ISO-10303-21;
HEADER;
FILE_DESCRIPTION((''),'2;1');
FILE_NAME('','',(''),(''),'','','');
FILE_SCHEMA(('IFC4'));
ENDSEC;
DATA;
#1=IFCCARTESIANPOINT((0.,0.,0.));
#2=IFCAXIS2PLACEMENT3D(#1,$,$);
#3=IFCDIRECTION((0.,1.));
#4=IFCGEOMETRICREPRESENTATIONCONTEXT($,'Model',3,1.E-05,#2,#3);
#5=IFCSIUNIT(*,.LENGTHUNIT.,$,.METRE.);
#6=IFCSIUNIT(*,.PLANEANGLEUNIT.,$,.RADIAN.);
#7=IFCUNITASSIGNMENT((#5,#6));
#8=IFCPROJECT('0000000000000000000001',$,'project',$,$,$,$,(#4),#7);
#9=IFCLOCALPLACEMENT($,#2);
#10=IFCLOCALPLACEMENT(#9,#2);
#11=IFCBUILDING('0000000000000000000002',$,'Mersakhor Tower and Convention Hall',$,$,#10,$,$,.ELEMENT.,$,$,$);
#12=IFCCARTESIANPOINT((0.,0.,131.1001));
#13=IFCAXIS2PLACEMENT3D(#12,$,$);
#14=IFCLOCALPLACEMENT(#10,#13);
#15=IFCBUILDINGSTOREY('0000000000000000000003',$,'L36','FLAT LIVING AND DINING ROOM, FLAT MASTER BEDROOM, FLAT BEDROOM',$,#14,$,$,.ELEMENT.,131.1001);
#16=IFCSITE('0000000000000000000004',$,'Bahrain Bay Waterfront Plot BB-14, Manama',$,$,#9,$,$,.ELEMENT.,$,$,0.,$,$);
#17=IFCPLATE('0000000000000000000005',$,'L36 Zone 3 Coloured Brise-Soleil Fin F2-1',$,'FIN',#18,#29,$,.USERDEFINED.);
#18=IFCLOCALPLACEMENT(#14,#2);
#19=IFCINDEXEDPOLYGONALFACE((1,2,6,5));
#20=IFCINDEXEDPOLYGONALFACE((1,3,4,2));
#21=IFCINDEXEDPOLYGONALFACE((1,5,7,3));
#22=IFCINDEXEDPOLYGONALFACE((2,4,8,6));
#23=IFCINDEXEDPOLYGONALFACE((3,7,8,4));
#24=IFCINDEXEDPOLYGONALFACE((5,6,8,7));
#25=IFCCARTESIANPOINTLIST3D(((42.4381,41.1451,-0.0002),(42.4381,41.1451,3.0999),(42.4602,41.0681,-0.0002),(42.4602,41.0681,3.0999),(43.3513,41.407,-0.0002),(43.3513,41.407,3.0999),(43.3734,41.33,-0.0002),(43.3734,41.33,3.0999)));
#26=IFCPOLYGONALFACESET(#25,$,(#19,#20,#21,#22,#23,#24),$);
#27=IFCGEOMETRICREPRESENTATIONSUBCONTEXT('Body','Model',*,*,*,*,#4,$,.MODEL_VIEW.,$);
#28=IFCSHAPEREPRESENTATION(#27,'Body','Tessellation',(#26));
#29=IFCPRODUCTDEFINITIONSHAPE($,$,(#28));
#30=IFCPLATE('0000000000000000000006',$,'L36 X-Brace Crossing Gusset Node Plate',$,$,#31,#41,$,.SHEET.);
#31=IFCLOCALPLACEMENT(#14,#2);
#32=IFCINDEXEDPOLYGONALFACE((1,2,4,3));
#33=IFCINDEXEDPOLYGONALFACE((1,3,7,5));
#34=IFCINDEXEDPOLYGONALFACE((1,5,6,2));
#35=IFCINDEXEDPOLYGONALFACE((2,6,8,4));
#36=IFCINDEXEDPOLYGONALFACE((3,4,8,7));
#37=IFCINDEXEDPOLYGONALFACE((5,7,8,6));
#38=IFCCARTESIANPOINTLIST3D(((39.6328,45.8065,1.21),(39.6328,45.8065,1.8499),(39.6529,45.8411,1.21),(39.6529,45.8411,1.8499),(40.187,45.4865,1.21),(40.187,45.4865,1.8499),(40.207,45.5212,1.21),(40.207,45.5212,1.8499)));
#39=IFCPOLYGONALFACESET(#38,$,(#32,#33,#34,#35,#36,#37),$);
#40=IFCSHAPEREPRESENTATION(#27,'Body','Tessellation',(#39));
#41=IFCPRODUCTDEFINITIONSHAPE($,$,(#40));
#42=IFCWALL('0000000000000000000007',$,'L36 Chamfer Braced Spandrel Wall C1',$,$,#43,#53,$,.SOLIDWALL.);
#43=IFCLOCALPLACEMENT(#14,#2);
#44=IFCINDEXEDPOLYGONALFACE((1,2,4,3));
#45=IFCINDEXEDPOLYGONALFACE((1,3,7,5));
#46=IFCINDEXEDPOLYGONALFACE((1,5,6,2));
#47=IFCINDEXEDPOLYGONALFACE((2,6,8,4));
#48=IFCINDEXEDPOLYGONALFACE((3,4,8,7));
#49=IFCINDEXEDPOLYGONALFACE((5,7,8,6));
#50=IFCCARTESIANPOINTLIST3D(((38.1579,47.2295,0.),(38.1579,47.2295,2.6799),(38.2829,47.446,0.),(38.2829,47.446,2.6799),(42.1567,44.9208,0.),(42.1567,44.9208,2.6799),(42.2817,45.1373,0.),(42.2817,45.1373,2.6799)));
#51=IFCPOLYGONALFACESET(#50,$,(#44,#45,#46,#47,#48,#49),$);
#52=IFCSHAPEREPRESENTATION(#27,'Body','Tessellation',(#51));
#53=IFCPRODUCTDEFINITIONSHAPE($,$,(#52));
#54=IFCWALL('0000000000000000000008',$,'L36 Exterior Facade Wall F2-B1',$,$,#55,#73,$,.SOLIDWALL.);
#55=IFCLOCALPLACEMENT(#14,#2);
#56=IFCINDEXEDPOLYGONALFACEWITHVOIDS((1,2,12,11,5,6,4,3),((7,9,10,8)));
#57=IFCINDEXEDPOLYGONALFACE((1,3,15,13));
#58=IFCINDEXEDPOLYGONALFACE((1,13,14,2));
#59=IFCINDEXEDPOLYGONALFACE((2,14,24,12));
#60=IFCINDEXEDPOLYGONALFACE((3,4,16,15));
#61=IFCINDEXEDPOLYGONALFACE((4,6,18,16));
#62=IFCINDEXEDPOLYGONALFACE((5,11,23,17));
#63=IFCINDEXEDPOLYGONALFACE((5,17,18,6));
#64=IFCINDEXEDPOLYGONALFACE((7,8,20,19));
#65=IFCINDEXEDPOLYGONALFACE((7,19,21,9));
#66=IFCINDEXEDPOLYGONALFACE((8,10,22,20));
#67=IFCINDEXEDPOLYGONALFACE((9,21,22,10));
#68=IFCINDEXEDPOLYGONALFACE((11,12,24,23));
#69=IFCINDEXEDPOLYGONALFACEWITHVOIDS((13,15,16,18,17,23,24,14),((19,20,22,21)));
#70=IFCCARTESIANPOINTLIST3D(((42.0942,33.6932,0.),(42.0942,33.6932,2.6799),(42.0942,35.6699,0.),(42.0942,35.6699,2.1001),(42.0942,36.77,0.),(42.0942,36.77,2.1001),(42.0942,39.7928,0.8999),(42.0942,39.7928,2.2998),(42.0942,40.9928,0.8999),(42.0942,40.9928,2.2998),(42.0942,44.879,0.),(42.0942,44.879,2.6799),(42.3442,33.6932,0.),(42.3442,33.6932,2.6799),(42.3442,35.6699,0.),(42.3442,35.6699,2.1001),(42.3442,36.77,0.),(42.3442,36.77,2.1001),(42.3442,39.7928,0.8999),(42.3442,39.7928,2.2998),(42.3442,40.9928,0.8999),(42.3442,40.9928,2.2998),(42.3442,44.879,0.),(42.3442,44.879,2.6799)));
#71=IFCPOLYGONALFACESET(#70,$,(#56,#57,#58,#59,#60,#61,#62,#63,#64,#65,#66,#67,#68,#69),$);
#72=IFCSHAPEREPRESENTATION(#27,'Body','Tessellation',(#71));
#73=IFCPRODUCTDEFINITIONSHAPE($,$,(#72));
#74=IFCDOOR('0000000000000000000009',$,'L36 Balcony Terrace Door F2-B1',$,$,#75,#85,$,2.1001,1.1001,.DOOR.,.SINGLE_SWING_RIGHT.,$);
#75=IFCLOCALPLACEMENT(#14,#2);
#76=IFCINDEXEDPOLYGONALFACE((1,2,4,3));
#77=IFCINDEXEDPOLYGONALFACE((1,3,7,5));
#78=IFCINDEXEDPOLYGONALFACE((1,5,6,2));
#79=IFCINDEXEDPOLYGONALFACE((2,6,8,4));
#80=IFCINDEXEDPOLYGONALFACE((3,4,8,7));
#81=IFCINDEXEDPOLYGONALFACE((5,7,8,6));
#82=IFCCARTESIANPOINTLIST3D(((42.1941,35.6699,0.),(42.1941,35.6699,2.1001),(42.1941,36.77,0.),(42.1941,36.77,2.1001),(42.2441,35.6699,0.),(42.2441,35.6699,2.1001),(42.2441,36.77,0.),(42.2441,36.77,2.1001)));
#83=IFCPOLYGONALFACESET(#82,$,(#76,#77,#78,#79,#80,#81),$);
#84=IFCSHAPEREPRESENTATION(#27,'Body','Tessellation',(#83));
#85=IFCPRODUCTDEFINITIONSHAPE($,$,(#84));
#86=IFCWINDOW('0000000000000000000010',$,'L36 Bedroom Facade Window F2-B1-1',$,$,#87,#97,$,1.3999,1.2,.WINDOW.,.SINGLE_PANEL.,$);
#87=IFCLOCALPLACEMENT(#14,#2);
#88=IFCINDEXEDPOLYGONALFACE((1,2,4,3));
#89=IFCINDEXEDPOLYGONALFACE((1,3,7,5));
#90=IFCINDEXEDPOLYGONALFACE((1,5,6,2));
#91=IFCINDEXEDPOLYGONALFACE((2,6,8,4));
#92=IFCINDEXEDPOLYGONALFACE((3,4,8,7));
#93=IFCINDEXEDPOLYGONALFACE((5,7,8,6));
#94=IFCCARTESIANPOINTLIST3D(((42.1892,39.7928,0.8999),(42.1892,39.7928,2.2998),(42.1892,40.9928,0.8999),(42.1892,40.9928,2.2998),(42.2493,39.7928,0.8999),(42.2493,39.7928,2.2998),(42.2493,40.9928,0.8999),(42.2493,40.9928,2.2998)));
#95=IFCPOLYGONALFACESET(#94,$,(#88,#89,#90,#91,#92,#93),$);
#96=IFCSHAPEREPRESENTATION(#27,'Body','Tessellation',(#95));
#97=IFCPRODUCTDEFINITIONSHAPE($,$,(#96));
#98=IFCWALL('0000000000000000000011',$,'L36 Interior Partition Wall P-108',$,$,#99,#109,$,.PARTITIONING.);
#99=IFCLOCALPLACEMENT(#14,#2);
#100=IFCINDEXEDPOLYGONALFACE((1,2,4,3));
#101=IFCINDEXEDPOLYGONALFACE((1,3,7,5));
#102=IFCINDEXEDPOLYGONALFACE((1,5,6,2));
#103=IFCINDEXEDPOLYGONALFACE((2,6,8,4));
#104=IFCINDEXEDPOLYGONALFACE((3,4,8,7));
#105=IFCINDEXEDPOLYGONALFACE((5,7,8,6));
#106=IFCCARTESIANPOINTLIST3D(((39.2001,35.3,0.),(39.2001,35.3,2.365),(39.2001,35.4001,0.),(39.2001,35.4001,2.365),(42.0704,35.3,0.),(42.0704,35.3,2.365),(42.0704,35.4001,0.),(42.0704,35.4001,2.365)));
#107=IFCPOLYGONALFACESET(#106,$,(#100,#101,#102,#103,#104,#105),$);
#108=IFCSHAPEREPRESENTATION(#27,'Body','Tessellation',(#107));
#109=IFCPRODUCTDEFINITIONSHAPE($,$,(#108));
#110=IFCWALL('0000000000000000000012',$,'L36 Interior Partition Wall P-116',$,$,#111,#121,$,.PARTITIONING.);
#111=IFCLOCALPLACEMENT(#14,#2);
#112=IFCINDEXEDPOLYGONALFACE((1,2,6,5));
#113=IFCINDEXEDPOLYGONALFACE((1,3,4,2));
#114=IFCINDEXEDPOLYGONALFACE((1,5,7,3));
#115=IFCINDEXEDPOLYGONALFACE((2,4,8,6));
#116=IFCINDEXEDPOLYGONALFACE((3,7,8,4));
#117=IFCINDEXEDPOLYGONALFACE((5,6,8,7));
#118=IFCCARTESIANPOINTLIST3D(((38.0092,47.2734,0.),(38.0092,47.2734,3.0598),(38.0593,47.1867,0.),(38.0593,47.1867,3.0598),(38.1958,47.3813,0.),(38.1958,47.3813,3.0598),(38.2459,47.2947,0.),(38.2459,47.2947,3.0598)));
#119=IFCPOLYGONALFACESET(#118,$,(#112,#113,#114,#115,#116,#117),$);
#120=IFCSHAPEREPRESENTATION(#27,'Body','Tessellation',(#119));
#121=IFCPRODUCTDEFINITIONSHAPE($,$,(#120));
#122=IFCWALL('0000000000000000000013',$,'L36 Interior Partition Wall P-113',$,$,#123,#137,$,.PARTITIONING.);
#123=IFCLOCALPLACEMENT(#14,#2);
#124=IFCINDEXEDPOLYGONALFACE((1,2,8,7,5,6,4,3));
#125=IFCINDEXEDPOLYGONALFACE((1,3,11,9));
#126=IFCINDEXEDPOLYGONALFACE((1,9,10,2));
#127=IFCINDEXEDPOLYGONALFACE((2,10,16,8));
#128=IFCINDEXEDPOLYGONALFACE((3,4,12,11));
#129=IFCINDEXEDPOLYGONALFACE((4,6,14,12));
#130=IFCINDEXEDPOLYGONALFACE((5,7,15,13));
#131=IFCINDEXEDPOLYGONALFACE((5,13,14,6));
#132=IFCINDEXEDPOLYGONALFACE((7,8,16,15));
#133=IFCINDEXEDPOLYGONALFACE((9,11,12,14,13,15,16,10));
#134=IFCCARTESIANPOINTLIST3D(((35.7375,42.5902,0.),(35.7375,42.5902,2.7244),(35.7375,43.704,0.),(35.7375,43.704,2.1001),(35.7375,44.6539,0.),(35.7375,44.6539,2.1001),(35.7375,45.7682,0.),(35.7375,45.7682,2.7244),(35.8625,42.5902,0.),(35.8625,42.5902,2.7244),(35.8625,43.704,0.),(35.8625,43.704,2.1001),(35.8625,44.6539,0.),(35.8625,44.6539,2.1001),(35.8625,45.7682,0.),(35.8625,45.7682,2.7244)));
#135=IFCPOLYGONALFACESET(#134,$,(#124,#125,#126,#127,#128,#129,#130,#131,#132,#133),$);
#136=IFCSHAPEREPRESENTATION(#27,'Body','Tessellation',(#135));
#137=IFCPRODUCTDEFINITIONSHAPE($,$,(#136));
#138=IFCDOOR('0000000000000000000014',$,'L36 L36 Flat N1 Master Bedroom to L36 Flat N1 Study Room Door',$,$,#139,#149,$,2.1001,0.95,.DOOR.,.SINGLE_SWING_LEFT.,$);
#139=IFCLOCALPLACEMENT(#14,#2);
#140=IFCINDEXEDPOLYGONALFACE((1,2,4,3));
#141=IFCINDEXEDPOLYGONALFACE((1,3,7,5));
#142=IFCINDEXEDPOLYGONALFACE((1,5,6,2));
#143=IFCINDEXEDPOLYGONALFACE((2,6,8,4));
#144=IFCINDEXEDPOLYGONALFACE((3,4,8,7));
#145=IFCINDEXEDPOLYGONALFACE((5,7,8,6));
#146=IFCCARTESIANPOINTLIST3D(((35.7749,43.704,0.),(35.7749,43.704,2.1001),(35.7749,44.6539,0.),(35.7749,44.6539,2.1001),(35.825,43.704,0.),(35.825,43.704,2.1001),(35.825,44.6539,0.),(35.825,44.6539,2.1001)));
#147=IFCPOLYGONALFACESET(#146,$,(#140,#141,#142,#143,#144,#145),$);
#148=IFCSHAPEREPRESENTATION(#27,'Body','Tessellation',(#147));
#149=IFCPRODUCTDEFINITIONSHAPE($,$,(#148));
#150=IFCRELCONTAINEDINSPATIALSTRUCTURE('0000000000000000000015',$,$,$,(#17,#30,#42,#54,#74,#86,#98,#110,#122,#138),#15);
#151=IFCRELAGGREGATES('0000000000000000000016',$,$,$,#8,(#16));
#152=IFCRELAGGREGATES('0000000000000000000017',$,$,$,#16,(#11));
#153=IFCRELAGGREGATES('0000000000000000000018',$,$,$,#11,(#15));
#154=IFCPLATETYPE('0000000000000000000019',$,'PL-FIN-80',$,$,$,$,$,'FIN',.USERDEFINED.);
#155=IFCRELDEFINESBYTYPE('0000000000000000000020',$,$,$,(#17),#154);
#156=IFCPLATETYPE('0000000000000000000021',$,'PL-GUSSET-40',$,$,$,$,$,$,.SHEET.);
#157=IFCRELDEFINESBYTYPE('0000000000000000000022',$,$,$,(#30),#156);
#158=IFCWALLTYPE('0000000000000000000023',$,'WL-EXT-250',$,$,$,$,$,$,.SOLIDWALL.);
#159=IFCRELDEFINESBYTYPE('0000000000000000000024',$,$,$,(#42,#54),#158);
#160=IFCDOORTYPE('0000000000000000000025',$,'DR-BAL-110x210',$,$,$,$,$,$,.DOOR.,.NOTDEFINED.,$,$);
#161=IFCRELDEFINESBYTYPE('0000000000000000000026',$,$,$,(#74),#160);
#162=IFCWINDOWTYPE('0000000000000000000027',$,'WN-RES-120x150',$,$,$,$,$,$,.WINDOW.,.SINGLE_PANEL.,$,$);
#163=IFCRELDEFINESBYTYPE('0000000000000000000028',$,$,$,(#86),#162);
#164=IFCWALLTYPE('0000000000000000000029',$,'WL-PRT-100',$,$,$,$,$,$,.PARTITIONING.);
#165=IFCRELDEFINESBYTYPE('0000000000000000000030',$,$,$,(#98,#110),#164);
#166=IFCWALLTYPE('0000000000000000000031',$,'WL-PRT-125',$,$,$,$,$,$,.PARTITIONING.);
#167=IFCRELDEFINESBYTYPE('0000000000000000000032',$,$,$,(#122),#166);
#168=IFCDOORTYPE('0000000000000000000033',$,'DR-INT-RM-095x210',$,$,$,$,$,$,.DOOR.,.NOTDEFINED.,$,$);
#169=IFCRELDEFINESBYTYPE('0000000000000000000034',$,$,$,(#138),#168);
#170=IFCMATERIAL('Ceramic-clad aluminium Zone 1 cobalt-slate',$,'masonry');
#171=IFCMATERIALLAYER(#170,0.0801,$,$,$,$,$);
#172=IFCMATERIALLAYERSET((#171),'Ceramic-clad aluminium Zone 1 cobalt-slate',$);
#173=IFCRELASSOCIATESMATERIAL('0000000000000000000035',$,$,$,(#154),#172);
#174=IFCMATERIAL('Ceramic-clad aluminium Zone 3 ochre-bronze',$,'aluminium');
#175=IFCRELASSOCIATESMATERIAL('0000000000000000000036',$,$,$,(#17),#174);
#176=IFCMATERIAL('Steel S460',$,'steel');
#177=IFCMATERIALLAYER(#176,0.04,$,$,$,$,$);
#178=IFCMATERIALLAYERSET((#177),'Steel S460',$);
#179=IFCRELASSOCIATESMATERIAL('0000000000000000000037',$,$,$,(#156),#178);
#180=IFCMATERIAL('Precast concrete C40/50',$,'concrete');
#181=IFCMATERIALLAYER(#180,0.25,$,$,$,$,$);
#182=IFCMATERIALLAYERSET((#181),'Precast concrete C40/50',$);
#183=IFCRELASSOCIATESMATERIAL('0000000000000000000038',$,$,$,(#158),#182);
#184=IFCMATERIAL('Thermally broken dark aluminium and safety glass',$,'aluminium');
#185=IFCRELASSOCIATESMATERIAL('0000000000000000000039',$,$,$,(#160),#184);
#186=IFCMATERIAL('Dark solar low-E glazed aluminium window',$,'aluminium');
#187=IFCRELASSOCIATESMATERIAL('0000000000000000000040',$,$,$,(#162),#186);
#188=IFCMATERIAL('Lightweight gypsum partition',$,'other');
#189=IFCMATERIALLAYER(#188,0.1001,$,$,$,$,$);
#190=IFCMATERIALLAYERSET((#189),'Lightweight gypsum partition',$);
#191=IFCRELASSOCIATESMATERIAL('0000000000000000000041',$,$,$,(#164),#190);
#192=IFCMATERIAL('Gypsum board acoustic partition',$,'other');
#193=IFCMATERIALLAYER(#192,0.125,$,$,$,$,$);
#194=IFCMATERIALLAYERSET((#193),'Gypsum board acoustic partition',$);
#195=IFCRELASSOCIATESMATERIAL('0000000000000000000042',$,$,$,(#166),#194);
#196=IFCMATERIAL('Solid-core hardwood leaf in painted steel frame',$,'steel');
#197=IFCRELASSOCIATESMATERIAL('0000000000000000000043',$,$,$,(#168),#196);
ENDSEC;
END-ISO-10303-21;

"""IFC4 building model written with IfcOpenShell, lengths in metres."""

from ifc_helpers import new_model, si_unit, direction, frame, frame_2d, origin, origin_2d, place, context, subcontext, project, spatial, rectangle, extrude, material, layer, layer_set, type_object, element, fill, save


model = new_model("IFC4")

# Units and contexts
model_context = context("Model", 3, precision=1e-05, world=origin(), true_north=direction((0.0, 1.0)))
body_context = subcontext(model_context, "Body", "Model", "MODEL_VIEW")
ifc_project = project(units=[si_unit("LENGTHUNIT", "METRE"), si_unit("PLANEANGLEUNIT", "RADIAN")], contexts=[model_context])

# Site, building, storey
site_placement = place(None, origin())
site = spatial("IfcSite", under=ifc_project, at=site_placement, Name="Bahrain Bay Waterfront Plot BB-14, Manama", CompositionType="ELEMENT", RefElevation=0.0)
building_placement = place(site_placement, origin())
building = spatial("IfcBuilding", under=site, at=building_placement, Name="Mersakhor Tower and Convention Hall", CompositionType="ELEMENT")
storey_placement = place(building_placement, frame((0.0, 0.0, 131.1001)))
storey = spatial("IfcBuildingStorey", under=building, at=storey_placement, Name="L36", Description="FLAT LIVING AND DINING ROOM, FLAT MASTER BEDROOM, FLAT BEDROOM", CompositionType="ELEMENT", Elevation=131.1001)

# Plates
ifc_material_1 = material(Name="Ceramic-clad aluminium Zone 3 ochre-bronze", Category="aluminium")
ifc_material_2 = material(Name="Ceramic-clad aluminium Zone 1 cobalt-slate", Category="masonry")
ifc_layer_1 = layer(ifc_material_2, 0.0801)
ifc_layer_set_1 = layer_set([ifc_layer_1], Name="Ceramic-clad aluminium Zone 1 cobalt-slate")
plate_type_1 = type_object("IfcPlateType", Name="PL-FIN-80", ElementType="FIN", PredefinedType="USERDEFINED", material=ifc_layer_set_1)
plate_1_placement = place(storey_placement, frame((42.9058, 41.2375, -0.0002), z_axis=(0.0, 0.0, 1.0), x_axis=(0.961262, 0.275637, 0.0)))
element("IfcPlate", 1, at=plate_1_placement, inside=storey, type_object=plate_type_1, material=ifc_material_1, Name="L36 Zone 3 Coloured Brise-Soleil Fin F2-1", ObjectType="FIN", PredefinedType="USERDEFINED", context=body_context, shape_type="SweptSolid", body=[
    extrude(rectangle(XDim=0.95, YDim=0.0801, at=origin_2d()), origin(), (0.0, 0.0, 1.0), 3.1001),
])
ifc_material_3 = material(Name="Steel S460", Category="steel")
ifc_layer_2 = layer(ifc_material_3, 0.04)
ifc_layer_set_2 = layer_set([ifc_layer_2], Name="Steel S460")
plate_type_2 = type_object("IfcPlateType", Name="PL-GUSSET-40", PredefinedType="SHEET", material=ifc_layer_set_2)
plate_2_placement = place(storey_placement, frame((39.9199, 45.6638, 1.21), z_axis=(0.0, 0.0, 1.0), x_axis=(-0.866025, 0.5, 0.0)))
element("IfcPlate", 2, at=plate_2_placement, inside=storey, type_object=plate_type_2, Name="L36 X-Brace Crossing Gusset Node Plate", PredefinedType="SHEET", context=body_context, shape_type="SweptSolid", body=[
    extrude(rectangle(XDim=0.6399, YDim=0.04, at=origin_2d()), origin(), (0.0, 0.0, 1.0), 0.6399),
])

# Wall
ifc_material_4 = material(Name="Precast concrete C40/50", Category="concrete")
ifc_layer_3 = layer(ifc_material_4, 0.25)
ifc_layer_set_3 = layer_set([ifc_layer_3], Name="Precast concrete C40/50")
wall_type_1 = type_object("IfcWallType", Name="WL-EXT-250", PredefinedType="SOLIDWALL", material=ifc_layer_set_3)
wall_1_placement = place(storey_placement, frame((38.2205, 47.3376, 0.0), z_axis=(0.0, 0.0, 1.0), x_axis=(0.866035, -0.499983, 0.0)))
element("IfcWall", 3, at=wall_1_placement, inside=storey, type_object=wall_type_1, Name="L36 Chamfer Braced Spandrel Wall C1", PredefinedType="SOLIDWALL", context=body_context, shape_type="SweptSolid", body=[
    extrude(rectangle(XDim=4.6174, YDim=0.25, at=frame_2d((2.3086, 0.0))), origin(), (0.0, 0.0, 1.0), 2.6799),
])

# Wall, openings, door, window
wall_2_placement = place(storey_placement, frame((42.2192, 44.8789, 0.0), z_axis=(0.0, 0.0, 1.0), x_axis=(0.0, -1.0, 0.0)))
wall_2 = element("IfcWall", 4, at=wall_2_placement, inside=storey, type_object=wall_type_1, Name="L36 Exterior Facade Wall F2-B1", PredefinedType="SOLIDWALL", context=body_context, shape_type="SweptSolid", body=[
    extrude(rectangle(XDim=11.1858, YDim=0.25, at=frame_2d((5.5928, 0.0))), origin(), (0.0, 0.0, 1.0), 2.6799),
])
opening_1_placement = place(wall_2_placement, frame((8.1089, 0.0, 0.0)))
opening_1 = element("IfcOpeningElement", 5, at=opening_1_placement, cuts=wall_2, PredefinedType="OPENING", context=body_context, shape_type="SweptSolid", body=[
    extrude(rectangle(XDim=1.1001, YDim=2.1001, at=frame_2d((0.55, 1.05))), frame((0.0, 0.135, 0.0), z_axis=(0.0, -1.0, 0.0), x_axis=(1.0, 0.0, 0.0)), (0.0, 0.0, 1.0), 0.27),
])
opening_2_placement = place(wall_2_placement, frame((3.886, 0.0, 0.8999)))
opening_2 = element("IfcOpeningElement", 6, at=opening_2_placement, cuts=wall_2, PredefinedType="OPENING", context=body_context, shape_type="SweptSolid", body=[
    extrude(rectangle(XDim=1.2, YDim=1.3999, at=frame_2d((0.6001, 0.7))), frame((0.0, 0.135, 0.0), z_axis=(0.0, -1.0, 0.0), x_axis=(1.0, 0.0, 0.0)), (0.0, 0.0, 1.0), 0.27),
])
ifc_material_5 = material(Name="Thermally broken dark aluminium and safety glass", Category="aluminium")
door_type_1 = type_object("IfcDoorType", Name="DR-BAL-110x210", OperationType="NOTDEFINED", PredefinedType="DOOR", material=ifc_material_5)
door_1_placement = place(opening_1_placement, origin())
door_1 = element("IfcDoor", 7, at=door_1_placement, inside=storey, type_object=door_type_1, Name="L36 Balcony Terrace Door F2-B1", OperationType="SINGLE_SWING_RIGHT", OverallHeight=2.1001, OverallWidth=1.1001, PredefinedType="DOOR", context=body_context, shape_type="SweptSolid", body=[
    extrude(rectangle(XDim=1.1001, YDim=2.1001, at=frame_2d((0.55, 1.05))), frame((0.0, 0.0249, 0.0), z_axis=(0.0, -1.0, 0.0), x_axis=(1.0, 0.0, 0.0)), (0.0, 0.0, 1.0), 0.05),
])
fill(opening_1, door_1)
ifc_material_6 = material(Name="Dark solar low-E glazed aluminium window", Category="aluminium")
window_type = type_object("IfcWindowType", Name="WN-RES-120x150", PartitioningType="SINGLE_PANEL", PredefinedType="WINDOW", material=ifc_material_6)
window_placement = place(opening_2_placement, origin())
window = element("IfcWindow", 8, at=window_placement, inside=storey, type_object=window_type, Name="L36 Bedroom Facade Window F2-B1-1", OverallHeight=1.3999, OverallWidth=1.2, PartitioningType="SINGLE_PANEL", PredefinedType="WINDOW", context=body_context, shape_type="SweptSolid", body=[
    extrude(rectangle(XDim=1.2, YDim=1.3999, at=frame_2d((0.6001, 0.7))), frame((0.0, 0.03, 0.0), z_axis=(0.0, -1.0, 0.0), x_axis=(1.0, 0.0, 0.0)), (0.0, 0.0, 1.0), 0.0601),
])
fill(opening_2, window)

# Walls
ifc_material_7 = material(Name="Lightweight gypsum partition", Category="other")
ifc_layer_4 = layer(ifc_material_7, 0.1001)
ifc_layer_set_4 = layer_set([ifc_layer_4], Name="Lightweight gypsum partition")
wall_type_2 = type_object("IfcWallType", Name="WL-PRT-100", PredefinedType="PARTITIONING", material=ifc_layer_set_4)
wall_3_placement = place(storey_placement, frame((42.0703, 35.3501, 0.0), z_axis=(0.0, 0.0, 1.0), x_axis=(-1.0, 0.0, 0.0)))
element("IfcWall", 9, at=wall_3_placement, inside=storey, type_object=wall_type_2, Name="L36 Interior Partition Wall P-108", PredefinedType="PARTITIONING", context=body_context, shape_type="SweptSolid", body=[
    extrude(rectangle(XDim=2.8704, YDim=0.1001, at=frame_2d((1.4351, 0.0))), origin(), (0.0, 0.0, 1.0), 2.365),
])
wall_4_placement = place(storey_placement, frame((38.0342, 47.23, 0.0), z_axis=(0.0, 0.0, 1.0), x_axis=(0.865581, 0.500768, 0.0)))
element("IfcWall", 10, at=wall_4_placement, inside=storey, type_object=wall_type_2, Name="L36 Interior Partition Wall P-116", PredefinedType="PARTITIONING", context=body_context, shape_type="SweptSolid", body=[
    extrude(rectangle(XDim=0.2156, YDim=0.1001, at=frame_2d((0.1079, 0.0))), origin(), (0.0, 0.0, 1.0), 3.0598),
])

# Wall, opening, door
ifc_material_8 = material(Name="Gypsum board acoustic partition", Category="other")
ifc_layer_5 = layer(ifc_material_8, 0.125)
ifc_layer_set_5 = layer_set([ifc_layer_5], Name="Gypsum board acoustic partition")
wall_type_3 = type_object("IfcWallType", Name="WL-PRT-125", PredefinedType="PARTITIONING", material=ifc_layer_set_5)
wall_5_placement = place(storey_placement, frame((35.8, 45.7681, 0.0), z_axis=(0.0, 0.0, 1.0), x_axis=(0.0, -1.0, 0.0)))
wall_5 = element("IfcWall", 11, at=wall_5_placement, inside=storey, type_object=wall_type_3, Name="L36 Interior Partition Wall P-113", PredefinedType="PARTITIONING", context=body_context, shape_type="SweptSolid", body=[
    extrude(rectangle(XDim=3.178, YDim=0.125, at=frame_2d((1.5889, 0.0))), origin(), (0.0, 0.0, 1.0), 2.7244),
])
opening_3_placement = place(wall_5_placement, frame((1.114, 0.0, 0.0)))
opening_3 = element("IfcOpeningElement", 12, at=opening_3_placement, cuts=wall_5, PredefinedType="OPENING", context=body_context, shape_type="SweptSolid", body=[
    extrude(rectangle(XDim=0.95, YDim=2.1001, at=frame_2d((0.4751, 1.05))), frame((0.0, 0.0725, 0.0), z_axis=(0.0, -1.0, 0.0), x_axis=(1.0, 0.0, 0.0)), (0.0, 0.0, 1.0), 0.145),
])
ifc_material_9 = material(Name="Solid-core hardwood leaf in painted steel frame", Category="steel")
door_type_2 = type_object("IfcDoorType", Name="DR-INT-RM-095x210", OperationType="NOTDEFINED", PredefinedType="DOOR", material=ifc_material_9)
door_2_placement = place(opening_3_placement, origin())
door_2 = element("IfcDoor", 13, at=door_2_placement, inside=storey, type_object=door_type_2, Name="L36 L36 Flat N1 Master Bedroom to L36 Flat N1 Study Room Door", OperationType="SINGLE_SWING_LEFT", OverallHeight=2.1001, OverallWidth=0.95, PredefinedType="DOOR", context=body_context, shape_type="SweptSolid", body=[
    extrude(rectangle(XDim=0.95, YDim=2.1001, at=frame_2d((0.4751, 1.05))), frame((0.0, 0.0249, 0.0), z_axis=(0.0, -1.0, 0.0), x_axis=(1.0, 0.0, 0.0)), (0.0, 0.0, 1.0), 0.05),
])
fill(opening_3, door_2)

save(model, "model.ifc")
